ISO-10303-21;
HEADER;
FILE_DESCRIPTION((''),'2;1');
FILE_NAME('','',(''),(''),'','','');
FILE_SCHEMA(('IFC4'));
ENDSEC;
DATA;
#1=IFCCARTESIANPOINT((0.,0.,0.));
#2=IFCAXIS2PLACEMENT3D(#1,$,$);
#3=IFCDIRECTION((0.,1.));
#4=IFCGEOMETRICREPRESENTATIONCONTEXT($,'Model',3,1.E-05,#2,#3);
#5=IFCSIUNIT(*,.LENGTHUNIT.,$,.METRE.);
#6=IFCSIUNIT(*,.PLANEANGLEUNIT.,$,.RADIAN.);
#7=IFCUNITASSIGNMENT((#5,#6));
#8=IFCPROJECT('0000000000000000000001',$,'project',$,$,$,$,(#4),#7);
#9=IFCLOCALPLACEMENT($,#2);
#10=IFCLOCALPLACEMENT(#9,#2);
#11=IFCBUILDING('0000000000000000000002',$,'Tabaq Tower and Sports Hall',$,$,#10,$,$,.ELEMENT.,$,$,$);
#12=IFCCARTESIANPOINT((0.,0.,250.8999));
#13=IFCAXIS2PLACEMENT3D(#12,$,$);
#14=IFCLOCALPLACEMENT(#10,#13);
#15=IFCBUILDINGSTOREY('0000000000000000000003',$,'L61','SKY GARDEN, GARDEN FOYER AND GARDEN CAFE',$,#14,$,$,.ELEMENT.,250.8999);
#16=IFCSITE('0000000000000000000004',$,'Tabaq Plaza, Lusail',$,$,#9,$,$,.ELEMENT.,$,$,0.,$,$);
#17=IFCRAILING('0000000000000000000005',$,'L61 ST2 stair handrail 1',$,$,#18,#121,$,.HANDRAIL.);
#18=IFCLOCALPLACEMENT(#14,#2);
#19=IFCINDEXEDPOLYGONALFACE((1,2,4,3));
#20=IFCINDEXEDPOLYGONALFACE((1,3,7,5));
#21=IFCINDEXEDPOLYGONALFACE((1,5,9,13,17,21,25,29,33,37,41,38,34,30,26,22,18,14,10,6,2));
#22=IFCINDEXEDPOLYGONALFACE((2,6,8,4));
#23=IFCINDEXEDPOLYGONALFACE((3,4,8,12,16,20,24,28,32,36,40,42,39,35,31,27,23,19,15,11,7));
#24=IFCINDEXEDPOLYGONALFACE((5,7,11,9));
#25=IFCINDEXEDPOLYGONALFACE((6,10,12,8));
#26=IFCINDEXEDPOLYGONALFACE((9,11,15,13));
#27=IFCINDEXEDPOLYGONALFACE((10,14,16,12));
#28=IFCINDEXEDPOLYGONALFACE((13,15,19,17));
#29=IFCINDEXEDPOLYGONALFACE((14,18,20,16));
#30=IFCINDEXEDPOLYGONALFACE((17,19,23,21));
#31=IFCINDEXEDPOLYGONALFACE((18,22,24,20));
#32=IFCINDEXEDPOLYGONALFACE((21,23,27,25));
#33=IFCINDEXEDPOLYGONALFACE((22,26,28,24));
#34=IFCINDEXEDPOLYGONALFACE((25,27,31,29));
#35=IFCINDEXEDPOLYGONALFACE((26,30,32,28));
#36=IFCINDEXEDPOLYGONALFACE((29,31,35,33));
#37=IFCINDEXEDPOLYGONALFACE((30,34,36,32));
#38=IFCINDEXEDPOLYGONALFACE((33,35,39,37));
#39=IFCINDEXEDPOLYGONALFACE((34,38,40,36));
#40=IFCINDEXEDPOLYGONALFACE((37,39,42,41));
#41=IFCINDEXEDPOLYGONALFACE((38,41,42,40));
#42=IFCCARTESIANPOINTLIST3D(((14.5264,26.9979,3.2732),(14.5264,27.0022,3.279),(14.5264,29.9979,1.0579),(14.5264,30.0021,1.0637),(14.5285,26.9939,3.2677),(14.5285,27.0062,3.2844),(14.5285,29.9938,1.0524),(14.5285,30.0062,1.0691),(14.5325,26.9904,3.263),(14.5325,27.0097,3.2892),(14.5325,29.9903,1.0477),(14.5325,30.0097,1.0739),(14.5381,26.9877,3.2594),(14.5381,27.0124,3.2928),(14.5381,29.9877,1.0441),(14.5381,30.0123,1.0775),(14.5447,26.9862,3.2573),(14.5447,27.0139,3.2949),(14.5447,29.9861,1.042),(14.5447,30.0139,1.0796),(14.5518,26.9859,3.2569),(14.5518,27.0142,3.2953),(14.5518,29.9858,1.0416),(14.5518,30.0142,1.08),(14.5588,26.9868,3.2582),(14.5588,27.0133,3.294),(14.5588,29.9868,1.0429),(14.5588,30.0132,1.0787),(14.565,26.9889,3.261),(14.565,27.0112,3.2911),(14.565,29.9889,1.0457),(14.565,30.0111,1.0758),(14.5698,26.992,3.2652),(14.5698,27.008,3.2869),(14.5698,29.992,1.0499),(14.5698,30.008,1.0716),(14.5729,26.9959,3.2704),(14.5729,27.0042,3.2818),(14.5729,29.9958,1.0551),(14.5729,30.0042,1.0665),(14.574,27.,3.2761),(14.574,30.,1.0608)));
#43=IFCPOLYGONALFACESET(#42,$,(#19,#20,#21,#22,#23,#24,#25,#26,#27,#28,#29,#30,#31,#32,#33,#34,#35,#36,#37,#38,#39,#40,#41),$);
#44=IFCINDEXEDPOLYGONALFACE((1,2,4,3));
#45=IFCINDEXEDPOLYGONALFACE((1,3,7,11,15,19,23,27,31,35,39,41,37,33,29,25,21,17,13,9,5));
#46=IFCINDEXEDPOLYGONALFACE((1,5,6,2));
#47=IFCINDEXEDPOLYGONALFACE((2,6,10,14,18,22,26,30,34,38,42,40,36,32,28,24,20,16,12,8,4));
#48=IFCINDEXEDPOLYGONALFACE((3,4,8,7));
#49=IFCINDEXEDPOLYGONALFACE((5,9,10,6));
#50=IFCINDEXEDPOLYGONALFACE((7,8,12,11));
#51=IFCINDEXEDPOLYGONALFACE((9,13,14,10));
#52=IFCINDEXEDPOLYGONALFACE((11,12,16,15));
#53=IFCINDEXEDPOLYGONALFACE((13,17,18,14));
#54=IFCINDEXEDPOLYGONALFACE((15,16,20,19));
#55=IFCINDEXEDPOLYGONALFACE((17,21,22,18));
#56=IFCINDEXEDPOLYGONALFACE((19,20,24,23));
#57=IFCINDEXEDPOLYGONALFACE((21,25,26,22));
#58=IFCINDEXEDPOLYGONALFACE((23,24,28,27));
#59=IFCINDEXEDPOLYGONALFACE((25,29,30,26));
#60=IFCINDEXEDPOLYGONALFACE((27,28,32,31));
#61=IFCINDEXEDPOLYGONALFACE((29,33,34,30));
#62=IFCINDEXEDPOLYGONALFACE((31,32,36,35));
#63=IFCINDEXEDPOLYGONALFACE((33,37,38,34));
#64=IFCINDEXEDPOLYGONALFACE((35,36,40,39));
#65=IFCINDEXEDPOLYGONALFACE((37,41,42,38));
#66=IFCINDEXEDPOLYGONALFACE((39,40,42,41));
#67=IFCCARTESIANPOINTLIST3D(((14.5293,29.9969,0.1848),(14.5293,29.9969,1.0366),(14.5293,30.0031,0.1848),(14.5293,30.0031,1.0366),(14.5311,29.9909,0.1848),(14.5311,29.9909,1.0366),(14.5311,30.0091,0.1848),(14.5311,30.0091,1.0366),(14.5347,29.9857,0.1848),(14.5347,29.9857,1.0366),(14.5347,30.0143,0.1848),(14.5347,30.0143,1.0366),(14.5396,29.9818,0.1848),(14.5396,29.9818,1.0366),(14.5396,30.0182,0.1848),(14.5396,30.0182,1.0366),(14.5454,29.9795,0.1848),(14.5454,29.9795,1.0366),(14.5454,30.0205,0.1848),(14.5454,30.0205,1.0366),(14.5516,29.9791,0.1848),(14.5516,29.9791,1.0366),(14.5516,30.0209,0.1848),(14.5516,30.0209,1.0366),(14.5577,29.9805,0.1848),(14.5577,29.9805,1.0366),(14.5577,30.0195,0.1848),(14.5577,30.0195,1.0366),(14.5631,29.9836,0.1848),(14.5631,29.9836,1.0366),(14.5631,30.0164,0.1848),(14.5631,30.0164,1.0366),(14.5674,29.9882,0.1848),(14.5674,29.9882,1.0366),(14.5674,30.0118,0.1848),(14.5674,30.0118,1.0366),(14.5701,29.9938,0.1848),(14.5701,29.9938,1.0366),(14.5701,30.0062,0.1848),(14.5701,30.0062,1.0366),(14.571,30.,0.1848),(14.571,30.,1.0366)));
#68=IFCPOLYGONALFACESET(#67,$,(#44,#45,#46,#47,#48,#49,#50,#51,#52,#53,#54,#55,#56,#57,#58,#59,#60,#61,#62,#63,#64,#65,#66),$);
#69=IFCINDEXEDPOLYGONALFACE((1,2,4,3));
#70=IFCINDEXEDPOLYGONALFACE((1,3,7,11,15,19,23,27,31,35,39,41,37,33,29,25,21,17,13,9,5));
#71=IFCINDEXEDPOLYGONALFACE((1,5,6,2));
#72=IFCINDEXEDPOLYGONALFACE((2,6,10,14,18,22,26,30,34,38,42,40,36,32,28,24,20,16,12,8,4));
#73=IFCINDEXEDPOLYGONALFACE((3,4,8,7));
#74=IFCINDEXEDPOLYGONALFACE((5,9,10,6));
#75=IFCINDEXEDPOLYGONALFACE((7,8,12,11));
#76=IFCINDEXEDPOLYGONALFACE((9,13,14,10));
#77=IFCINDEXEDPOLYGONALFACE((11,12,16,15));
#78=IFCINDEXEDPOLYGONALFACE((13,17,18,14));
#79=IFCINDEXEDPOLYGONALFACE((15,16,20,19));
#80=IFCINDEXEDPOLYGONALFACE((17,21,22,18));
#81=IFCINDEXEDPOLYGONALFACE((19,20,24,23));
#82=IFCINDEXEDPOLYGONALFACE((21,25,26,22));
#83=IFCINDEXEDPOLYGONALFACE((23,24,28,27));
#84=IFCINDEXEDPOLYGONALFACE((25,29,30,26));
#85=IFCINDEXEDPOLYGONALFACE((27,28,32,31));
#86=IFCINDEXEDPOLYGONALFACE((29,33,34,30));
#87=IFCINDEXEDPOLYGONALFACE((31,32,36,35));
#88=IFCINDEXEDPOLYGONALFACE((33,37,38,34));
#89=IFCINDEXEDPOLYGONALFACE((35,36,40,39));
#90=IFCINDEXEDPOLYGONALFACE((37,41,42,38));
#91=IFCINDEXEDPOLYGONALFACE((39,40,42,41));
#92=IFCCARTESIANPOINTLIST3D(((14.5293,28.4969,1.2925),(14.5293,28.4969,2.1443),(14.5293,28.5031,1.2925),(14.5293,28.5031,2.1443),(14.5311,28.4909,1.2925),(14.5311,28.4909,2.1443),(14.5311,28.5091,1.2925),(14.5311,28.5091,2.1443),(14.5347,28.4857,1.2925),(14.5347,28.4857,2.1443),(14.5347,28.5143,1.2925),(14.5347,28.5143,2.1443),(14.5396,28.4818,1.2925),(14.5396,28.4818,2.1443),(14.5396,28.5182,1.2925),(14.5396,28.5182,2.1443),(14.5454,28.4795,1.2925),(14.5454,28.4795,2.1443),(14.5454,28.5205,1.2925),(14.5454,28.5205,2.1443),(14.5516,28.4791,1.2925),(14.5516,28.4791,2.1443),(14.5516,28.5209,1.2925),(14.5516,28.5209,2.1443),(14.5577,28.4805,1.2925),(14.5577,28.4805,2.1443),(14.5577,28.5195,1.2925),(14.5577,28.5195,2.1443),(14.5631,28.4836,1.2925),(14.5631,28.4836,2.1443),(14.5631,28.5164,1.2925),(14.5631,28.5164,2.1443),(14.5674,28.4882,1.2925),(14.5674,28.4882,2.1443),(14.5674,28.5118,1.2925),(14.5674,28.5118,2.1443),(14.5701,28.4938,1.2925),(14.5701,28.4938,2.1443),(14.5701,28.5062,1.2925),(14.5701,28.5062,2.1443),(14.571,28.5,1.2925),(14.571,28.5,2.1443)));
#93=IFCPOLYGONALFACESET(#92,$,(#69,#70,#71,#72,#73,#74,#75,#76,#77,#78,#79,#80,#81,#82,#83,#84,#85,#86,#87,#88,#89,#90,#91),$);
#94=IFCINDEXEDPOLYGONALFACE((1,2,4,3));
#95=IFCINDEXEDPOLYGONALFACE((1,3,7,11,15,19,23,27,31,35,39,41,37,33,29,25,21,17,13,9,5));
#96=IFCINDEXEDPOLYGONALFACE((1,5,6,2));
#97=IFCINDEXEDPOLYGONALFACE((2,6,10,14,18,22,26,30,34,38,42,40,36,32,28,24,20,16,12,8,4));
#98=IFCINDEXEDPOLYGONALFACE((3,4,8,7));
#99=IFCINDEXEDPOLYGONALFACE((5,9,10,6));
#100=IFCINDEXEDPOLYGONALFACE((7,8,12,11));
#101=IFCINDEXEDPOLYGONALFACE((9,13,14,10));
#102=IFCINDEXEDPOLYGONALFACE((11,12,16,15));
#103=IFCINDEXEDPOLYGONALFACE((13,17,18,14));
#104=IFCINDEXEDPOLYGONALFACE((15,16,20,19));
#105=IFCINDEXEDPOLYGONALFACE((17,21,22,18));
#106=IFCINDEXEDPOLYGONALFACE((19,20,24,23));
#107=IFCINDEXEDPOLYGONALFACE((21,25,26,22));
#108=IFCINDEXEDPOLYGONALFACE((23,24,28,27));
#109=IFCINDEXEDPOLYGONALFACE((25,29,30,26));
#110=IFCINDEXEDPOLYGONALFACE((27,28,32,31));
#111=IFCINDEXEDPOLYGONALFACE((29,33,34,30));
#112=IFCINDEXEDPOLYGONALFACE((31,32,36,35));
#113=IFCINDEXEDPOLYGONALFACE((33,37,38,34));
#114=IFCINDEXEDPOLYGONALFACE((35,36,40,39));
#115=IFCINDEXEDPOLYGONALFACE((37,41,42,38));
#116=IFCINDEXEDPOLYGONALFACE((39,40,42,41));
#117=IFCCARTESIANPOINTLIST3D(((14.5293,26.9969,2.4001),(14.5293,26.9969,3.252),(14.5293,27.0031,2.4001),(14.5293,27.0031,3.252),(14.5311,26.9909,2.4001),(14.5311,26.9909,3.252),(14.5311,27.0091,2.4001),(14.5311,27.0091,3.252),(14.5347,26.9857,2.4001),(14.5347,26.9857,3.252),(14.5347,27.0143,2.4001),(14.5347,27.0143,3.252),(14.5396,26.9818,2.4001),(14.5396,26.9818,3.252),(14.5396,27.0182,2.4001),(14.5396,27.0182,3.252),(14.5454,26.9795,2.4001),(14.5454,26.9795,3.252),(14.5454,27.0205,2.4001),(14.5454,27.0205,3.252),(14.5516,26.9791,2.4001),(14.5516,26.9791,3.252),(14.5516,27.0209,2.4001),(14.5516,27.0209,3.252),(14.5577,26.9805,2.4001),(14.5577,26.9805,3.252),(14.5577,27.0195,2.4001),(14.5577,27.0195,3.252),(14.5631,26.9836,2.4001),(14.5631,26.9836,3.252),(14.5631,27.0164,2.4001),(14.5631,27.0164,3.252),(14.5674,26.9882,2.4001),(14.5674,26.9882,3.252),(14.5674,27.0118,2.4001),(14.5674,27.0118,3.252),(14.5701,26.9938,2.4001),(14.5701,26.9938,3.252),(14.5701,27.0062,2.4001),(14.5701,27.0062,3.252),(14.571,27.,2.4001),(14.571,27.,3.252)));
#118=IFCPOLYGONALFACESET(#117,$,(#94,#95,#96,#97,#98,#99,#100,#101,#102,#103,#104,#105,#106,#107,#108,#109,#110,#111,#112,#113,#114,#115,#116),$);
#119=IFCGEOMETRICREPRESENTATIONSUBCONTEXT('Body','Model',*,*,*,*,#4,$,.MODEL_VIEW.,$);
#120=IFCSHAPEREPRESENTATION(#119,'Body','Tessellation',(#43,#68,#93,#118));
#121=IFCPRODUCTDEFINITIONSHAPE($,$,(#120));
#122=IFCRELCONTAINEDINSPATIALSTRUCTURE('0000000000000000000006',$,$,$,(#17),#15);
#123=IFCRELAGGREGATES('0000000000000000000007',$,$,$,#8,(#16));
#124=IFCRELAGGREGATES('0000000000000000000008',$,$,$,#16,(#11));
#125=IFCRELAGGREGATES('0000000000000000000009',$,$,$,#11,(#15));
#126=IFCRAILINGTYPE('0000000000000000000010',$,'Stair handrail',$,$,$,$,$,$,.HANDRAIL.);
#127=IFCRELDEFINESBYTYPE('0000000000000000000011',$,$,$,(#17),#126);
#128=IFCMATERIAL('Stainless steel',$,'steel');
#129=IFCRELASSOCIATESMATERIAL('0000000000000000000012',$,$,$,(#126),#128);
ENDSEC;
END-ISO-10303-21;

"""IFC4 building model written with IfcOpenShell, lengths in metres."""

from ifc_helpers import new_model, si_unit, direction, frame, origin, origin_2d, place, context, subcontext, project, spatial, circle, extrude, material, type_object, element, save


model = new_model("IFC4")

# Units and contexts
model_context = context("Model", 3, precision=1e-05, world=origin(), true_north=direction((0.0, 1.0)))
body_context = subcontext(model_context, "Body", "Model", "MODEL_VIEW")
ifc_project = project(units=[si_unit("LENGTHUNIT", "METRE"), si_unit("PLANEANGLEUNIT", "RADIAN")], contexts=[model_context])

# Site, building, storey
site_placement = place(None, origin())
site = spatial("IfcSite", under=ifc_project, at=site_placement, Name="Tabaq Plaza, Lusail", CompositionType="ELEMENT", RefElevation=0.0)
building_placement = place(site_placement, origin())
building = spatial("IfcBuilding", under=site, at=building_placement, Name="Tabaq Tower and Sports Hall", CompositionType="ELEMENT")
storey_placement = place(building_placement, frame((0.0, 0.0, 250.8999)))
storey = spatial("IfcBuildingStorey", under=building, at=storey_placement, Name="L61", Description="SKY GARDEN, GARDEN FOYER AND GARDEN CAFE", CompositionType="ELEMENT", Elevation=250.8999)

# Railing
ifc_material_1 = material(Name="Stainless steel", Category="steel")
railing_type_1 = type_object("IfcRailingType", Name="Stair handrail", PredefinedType="HANDRAIL", material=ifc_material_1)
railing_1_placement = place(storey_placement, frame((14.55, 30.0, 0.1848)))
element("IfcRailing", 1, at=railing_1_placement, inside=storey, type_object=railing_type_1, Name="L61 ST2 stair handrail 1", PredefinedType="HANDRAIL", context=body_context, shape_type="SweptSolid", body=[
    extrude(circle(Radius=0.0239, at=origin_2d()), frame((0.0, 0.0, 0.876), z_axis=(0.0, -0.80444, 0.594034), x_axis=(1.0, 0.0, 0.0)), (0.0, 0.0, 1.0), 3.7292),
    extrude(circle(Radius=0.021, at=origin_2d()), origin(), (0.0, 0.0, 1.0), 0.8518),
    extrude(circle(Radius=0.021, at=origin_2d()), frame((0.0, -1.5, 1.1077)), (0.0, 0.0, 1.0), 0.8518),
    extrude(circle(Radius=0.021, at=origin_2d()), frame((0.0, -3.0, 2.2153)), (0.0, 0.0, 1.0), 0.8518),
])

save(model, "model.ifc")
